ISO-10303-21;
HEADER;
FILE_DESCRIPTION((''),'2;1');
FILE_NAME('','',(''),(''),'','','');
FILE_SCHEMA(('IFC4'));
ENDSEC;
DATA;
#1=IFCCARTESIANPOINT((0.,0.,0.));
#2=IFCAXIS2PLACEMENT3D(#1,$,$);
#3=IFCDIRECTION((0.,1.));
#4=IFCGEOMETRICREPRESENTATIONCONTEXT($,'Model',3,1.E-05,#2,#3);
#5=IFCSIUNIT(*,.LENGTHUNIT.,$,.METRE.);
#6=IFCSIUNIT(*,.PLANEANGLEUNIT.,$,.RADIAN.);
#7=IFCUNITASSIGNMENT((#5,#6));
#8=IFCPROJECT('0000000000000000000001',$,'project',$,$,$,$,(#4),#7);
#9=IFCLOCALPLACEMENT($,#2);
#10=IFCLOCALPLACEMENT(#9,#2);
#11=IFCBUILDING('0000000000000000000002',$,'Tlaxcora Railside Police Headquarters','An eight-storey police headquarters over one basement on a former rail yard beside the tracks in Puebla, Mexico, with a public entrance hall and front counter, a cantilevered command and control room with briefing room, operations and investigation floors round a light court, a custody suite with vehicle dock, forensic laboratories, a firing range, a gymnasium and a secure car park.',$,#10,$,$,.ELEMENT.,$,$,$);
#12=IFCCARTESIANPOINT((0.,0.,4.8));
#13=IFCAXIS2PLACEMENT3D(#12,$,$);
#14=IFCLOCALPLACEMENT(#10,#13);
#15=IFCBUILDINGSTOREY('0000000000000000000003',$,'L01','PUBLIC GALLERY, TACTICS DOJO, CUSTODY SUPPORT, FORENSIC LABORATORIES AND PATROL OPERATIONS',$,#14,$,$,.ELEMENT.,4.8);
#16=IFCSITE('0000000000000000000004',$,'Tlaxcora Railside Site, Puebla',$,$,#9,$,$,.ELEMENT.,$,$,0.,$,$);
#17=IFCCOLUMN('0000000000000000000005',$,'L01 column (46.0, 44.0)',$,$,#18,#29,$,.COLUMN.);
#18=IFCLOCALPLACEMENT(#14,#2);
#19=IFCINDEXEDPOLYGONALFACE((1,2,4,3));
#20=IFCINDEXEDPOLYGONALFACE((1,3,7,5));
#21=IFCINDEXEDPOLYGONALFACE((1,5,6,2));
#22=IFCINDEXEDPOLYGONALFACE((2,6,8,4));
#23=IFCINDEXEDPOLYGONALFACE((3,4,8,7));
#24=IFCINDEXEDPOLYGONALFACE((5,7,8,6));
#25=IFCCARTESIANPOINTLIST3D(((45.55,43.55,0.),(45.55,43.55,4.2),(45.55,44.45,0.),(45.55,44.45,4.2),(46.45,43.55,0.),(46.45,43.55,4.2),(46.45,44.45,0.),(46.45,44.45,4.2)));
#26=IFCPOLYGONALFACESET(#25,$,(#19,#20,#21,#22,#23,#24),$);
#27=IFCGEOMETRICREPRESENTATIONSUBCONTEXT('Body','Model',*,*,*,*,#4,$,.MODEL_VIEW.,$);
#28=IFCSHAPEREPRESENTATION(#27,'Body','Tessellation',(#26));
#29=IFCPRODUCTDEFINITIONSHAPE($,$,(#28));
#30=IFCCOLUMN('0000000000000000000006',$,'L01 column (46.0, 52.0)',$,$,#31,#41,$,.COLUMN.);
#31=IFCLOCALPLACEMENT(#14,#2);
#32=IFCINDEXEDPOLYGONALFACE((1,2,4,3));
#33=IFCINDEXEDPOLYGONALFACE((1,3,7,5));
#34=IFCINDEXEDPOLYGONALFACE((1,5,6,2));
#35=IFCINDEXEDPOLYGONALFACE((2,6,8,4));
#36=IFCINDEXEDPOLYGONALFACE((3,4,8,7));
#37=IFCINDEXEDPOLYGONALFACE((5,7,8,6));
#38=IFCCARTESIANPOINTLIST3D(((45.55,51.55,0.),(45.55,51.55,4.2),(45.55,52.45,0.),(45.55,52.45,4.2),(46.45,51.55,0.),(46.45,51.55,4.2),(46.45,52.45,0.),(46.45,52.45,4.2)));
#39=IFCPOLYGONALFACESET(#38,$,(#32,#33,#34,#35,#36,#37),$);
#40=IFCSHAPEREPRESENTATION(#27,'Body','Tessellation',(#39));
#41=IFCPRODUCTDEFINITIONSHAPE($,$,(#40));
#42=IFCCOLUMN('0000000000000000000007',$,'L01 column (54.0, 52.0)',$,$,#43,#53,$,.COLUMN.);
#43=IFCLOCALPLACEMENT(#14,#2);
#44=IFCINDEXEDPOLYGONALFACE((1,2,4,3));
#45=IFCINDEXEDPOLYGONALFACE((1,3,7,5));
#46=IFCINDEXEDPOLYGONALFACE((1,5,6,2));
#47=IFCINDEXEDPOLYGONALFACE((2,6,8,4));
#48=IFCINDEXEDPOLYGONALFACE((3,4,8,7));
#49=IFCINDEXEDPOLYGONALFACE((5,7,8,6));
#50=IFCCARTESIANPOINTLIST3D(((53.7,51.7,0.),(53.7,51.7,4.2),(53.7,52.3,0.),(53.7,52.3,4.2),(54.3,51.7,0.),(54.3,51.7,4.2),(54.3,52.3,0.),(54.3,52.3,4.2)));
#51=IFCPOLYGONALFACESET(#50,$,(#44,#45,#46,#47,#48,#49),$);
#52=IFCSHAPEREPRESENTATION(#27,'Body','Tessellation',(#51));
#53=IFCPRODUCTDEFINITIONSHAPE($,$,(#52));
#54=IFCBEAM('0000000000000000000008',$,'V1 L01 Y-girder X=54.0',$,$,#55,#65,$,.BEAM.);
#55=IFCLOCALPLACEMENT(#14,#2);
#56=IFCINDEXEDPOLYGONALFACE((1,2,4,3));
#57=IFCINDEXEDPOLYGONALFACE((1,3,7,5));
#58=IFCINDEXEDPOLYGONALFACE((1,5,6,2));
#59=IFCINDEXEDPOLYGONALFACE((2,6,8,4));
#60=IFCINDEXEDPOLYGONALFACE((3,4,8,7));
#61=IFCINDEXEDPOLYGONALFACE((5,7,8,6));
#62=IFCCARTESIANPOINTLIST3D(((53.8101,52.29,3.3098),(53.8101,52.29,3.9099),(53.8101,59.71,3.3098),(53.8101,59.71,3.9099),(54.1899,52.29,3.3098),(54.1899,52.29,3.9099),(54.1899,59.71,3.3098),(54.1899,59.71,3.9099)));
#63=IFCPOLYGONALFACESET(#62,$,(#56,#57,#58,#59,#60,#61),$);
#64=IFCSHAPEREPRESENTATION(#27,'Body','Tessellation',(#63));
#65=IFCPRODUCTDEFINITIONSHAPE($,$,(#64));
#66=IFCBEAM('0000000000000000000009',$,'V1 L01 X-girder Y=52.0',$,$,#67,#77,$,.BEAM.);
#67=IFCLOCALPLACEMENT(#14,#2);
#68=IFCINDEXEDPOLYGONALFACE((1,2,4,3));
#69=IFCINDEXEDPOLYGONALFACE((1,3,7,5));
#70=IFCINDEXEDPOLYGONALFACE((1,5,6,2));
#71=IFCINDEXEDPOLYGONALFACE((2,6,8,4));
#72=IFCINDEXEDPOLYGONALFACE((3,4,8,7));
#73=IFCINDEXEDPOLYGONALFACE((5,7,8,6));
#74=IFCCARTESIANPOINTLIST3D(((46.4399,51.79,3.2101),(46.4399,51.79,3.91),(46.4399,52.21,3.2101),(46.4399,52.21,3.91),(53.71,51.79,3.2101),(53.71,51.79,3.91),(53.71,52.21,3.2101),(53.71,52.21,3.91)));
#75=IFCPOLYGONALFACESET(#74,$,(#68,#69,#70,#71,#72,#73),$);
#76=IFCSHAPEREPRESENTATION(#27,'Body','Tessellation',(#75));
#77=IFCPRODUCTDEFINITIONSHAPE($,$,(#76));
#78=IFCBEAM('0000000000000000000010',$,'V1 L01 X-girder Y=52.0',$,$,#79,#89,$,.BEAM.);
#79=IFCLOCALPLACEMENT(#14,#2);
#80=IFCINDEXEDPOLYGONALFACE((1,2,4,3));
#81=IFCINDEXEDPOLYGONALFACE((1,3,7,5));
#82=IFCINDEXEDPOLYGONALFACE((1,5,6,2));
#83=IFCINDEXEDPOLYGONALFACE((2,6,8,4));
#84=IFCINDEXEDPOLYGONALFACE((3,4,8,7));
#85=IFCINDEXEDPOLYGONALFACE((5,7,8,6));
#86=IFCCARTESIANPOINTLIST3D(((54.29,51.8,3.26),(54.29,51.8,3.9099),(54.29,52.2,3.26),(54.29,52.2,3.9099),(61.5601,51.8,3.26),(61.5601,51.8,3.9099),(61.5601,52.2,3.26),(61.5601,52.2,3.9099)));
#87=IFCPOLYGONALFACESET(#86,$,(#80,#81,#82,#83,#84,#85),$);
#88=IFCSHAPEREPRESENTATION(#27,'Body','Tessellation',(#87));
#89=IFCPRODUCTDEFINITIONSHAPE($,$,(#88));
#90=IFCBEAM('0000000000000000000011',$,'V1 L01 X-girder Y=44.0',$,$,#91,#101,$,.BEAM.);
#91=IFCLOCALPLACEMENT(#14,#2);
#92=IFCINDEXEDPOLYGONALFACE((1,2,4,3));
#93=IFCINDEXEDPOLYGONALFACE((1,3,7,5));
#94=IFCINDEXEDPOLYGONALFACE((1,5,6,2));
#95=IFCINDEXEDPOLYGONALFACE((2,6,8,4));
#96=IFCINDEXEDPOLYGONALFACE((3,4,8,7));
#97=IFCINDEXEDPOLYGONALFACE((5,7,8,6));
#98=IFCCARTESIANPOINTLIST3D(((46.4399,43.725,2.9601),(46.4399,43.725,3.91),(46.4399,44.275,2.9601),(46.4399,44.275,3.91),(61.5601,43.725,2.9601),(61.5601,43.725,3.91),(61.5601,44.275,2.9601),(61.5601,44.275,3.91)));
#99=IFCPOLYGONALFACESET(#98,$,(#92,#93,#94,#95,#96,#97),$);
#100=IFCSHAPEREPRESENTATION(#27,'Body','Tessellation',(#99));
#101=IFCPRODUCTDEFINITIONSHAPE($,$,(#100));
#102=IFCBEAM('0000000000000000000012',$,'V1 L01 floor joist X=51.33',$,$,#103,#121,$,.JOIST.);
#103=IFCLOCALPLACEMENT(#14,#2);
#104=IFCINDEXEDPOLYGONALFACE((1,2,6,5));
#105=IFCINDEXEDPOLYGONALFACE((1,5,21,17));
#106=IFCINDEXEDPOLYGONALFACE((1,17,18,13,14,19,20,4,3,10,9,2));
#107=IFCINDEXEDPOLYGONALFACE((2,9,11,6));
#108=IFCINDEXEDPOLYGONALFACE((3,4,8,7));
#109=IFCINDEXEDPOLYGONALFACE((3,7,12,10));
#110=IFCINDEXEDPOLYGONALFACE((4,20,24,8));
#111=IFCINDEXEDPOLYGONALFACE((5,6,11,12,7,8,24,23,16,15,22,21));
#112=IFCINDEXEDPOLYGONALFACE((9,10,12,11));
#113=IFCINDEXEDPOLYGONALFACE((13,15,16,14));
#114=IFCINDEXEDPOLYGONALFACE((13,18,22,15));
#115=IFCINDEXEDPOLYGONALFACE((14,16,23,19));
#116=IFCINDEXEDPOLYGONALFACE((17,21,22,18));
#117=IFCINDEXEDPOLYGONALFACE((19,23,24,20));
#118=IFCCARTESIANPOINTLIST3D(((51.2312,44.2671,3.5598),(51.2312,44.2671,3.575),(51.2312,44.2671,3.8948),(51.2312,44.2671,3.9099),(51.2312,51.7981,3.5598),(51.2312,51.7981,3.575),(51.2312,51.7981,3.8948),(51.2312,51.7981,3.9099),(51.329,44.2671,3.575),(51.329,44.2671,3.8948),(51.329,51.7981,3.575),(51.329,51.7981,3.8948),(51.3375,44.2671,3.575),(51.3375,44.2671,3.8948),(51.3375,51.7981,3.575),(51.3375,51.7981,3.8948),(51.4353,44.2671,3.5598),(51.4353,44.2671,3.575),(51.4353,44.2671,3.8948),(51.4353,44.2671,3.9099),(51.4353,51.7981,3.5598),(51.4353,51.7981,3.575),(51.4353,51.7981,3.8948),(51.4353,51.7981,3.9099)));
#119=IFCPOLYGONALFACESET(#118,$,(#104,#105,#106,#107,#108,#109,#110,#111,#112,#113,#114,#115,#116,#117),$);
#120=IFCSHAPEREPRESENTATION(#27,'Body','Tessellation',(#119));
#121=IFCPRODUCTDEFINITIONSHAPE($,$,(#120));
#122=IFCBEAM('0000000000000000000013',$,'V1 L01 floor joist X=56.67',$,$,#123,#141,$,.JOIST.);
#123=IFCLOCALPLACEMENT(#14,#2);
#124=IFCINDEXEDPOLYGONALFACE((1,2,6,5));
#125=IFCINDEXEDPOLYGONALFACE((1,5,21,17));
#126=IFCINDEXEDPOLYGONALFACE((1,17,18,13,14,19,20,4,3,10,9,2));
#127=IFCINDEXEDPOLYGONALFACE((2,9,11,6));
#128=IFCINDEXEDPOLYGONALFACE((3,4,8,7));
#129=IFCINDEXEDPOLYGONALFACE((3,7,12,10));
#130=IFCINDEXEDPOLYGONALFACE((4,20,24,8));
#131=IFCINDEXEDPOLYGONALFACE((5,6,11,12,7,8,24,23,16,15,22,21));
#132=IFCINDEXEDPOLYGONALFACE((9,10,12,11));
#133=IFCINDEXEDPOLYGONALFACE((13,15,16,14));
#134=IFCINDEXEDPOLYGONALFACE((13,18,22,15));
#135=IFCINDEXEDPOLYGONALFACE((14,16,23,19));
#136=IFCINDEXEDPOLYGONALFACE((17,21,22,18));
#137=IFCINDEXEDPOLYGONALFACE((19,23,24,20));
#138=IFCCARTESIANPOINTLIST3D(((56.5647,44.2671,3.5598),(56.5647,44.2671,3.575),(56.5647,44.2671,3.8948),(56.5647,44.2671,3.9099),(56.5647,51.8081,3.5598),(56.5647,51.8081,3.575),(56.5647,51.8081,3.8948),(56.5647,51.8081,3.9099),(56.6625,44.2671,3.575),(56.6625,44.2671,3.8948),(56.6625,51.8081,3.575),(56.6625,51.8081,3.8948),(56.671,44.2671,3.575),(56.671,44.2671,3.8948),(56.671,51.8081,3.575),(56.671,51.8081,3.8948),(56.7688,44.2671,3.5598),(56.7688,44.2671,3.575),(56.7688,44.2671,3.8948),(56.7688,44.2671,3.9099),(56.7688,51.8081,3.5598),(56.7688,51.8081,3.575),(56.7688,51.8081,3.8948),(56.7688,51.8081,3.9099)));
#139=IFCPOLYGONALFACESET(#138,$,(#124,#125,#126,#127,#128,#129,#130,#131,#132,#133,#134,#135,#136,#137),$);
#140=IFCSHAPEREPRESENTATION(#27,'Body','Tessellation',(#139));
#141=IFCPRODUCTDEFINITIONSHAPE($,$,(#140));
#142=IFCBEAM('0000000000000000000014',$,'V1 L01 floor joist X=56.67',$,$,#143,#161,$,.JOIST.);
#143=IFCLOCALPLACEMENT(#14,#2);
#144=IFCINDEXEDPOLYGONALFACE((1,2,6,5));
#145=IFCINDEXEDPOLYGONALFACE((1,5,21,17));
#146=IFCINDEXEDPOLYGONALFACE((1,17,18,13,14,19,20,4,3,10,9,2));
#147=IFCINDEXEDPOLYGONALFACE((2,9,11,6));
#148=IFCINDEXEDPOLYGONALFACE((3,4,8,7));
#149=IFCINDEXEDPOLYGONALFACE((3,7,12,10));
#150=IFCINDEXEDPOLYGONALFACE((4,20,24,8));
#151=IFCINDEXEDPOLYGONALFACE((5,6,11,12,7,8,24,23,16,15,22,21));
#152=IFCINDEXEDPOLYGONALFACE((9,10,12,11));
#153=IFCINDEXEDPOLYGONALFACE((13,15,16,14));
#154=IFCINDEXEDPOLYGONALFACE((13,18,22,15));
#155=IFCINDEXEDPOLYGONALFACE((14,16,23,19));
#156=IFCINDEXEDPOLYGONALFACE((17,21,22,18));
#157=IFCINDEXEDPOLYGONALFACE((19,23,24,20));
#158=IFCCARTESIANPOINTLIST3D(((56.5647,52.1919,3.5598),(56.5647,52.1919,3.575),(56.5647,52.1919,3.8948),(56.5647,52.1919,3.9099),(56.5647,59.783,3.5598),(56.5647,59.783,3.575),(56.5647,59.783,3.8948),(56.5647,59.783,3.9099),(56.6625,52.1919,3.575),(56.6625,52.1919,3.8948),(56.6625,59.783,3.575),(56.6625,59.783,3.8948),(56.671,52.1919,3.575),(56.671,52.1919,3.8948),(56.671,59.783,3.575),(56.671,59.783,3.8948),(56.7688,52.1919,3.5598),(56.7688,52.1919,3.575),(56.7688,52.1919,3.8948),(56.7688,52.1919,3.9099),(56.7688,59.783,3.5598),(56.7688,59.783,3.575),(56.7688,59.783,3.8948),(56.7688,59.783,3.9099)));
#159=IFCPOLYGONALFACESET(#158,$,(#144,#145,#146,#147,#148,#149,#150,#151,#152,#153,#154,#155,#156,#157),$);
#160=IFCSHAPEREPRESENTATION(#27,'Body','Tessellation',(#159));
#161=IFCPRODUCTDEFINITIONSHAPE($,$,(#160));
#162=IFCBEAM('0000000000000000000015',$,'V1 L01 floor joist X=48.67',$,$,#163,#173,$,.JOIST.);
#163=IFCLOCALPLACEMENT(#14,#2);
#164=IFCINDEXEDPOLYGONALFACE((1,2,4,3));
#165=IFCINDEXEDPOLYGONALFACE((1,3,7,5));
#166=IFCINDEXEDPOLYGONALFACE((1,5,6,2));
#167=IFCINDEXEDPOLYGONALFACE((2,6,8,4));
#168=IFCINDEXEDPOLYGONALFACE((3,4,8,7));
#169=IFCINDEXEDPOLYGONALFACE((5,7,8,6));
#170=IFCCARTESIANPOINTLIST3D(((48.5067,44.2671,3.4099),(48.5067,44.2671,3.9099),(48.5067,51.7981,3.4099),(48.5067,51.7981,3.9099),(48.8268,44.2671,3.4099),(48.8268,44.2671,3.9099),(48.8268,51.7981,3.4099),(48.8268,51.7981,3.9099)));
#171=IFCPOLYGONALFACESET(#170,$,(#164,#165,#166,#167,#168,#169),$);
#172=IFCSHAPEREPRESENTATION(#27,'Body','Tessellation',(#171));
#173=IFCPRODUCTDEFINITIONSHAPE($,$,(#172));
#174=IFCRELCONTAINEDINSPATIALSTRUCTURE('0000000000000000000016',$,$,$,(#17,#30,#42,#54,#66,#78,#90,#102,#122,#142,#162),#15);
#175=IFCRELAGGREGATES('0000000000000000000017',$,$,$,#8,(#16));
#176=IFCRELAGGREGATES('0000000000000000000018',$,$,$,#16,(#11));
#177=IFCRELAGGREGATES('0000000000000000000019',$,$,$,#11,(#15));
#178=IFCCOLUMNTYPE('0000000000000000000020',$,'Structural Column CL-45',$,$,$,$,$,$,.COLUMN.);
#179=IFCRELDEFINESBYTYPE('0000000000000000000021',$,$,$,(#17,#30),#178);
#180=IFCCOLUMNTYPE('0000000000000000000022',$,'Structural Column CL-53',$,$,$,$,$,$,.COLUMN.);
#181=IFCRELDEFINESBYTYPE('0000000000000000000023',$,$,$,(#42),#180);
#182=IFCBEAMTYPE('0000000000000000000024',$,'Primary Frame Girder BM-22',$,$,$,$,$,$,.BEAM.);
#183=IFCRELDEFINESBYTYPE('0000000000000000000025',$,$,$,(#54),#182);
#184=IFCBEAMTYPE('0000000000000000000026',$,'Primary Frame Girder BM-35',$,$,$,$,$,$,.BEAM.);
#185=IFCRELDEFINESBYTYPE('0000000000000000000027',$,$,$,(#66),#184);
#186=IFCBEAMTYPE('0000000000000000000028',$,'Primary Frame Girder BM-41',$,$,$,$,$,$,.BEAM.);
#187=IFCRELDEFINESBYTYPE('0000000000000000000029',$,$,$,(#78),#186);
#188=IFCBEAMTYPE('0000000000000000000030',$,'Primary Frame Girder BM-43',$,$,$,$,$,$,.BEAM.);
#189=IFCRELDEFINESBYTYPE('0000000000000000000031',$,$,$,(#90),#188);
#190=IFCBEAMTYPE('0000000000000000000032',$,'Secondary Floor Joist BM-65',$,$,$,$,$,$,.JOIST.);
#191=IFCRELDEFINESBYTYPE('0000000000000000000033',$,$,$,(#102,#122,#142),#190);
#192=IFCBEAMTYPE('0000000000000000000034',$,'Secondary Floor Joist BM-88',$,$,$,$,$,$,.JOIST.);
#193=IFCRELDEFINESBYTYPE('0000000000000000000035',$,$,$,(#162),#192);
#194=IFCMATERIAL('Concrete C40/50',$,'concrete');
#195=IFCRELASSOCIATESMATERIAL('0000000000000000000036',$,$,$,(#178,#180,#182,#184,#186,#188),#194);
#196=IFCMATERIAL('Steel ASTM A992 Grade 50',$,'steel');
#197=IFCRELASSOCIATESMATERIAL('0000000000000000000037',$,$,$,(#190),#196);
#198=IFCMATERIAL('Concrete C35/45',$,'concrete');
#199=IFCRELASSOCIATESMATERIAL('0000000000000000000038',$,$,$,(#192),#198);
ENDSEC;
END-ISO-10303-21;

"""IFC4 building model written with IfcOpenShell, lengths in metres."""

from ifc_helpers import new_model, si_unit, direction, frame, origin, origin_2d, place, context, subcontext, project, spatial, rectangle, i_section, extrude, material, material_profile, profile_set, type_object, element, save


model = new_model("IFC4")

# Units and contexts
model_context = context("Model", 3, precision=1e-05, world=origin(), true_north=direction((0.0, 1.0)))
body_context = subcontext(model_context, "Body", "Model", "MODEL_VIEW")
ifc_project = project(units=[si_unit("LENGTHUNIT", "METRE"), si_unit("PLANEANGLEUNIT", "RADIAN")], contexts=[model_context])

# Site, building, storey
site_placement = place(None, origin())
site = spatial("IfcSite", under=ifc_project, at=site_placement, Name="Tlaxcora Railside Site, Puebla", CompositionType="ELEMENT", RefElevation=0.0)
building_placement = place(site_placement, origin())
building = spatial("IfcBuilding", under=site, at=building_placement, Name="Tlaxcora Railside Police Headquarters", Description="An eight-storey police headquarters over one basement on a former rail yard beside the tracks in Puebla, Mexico, with a public entrance hall and front counter, a cantilevered command and control room with briefing room, operations and investigation floors round a light court, a custody suite with vehicle dock, forensic laboratories, a firing range, a gymnasium and a secure car park.", CompositionType="ELEMENT")
storey_placement = place(building_placement, frame((0.0, 0.0, 4.8)))
storey = spatial("IfcBuildingStorey", under=building, at=storey_placement, Name="L01", Description="PUBLIC GALLERY, TACTICS DOJO, CUSTODY SUPPORT, FORENSIC LABORATORIES AND PATROL OPERATIONS", CompositionType="ELEMENT", Elevation=4.8)

# Columns
ifc_material_1 = material(Name="Concrete C40/50", Category="concrete")
ifc_material_profile_1 = material_profile(ifc_material_1, rectangle(XDim=0.8999, YDim=0.8999, at=origin_2d()), Name="RC900X900")
ifc_profile_set_1 = profile_set([ifc_material_profile_1], Name="Concrete C40/50")
column_type_1 = type_object("IfcColumnType", Name="Structural Column CL-45", PredefinedType="COLUMN", material=ifc_profile_set_1)
for number, where, z_axis, x_axis, name in (
    (1, (46.0, 44.0, 0.0), (0.0, 0.0, 1.0), (1.0, 0.0, 0.0), "L01 column (46.0, 44.0)"),
    (2, (46.0, 52.0, 0.0), (0.0, 0.0, 1.0), (1.0, 0.0, 0.0), "L01 column (46.0, 52.0)"),
):
    element("IfcColumn", number, at=place(storey_placement, frame(where, z_axis=z_axis, x_axis=x_axis)), inside=storey, type_object=column_type_1, Name=name, PredefinedType="COLUMN", context=body_context, shape_type="SweptSolid", body=[
        extrude(rectangle(XDim=0.8999, YDim=0.8999, at=origin_2d()), origin(), (0.0, 0.0, 1.0), 4.2),
    ])
ifc_material_profile_2 = material_profile(ifc_material_1, rectangle(XDim=0.6001, YDim=0.6001, at=origin_2d()), Name="RC600X600")
ifc_profile_set_2 = profile_set([ifc_material_profile_2], Name="Concrete C40/50")
column_type_2 = type_object("IfcColumnType", Name="Structural Column CL-53", PredefinedType="COLUMN", material=ifc_profile_set_2)
column_placement = place(storey_placement, frame((54.0, 52.0, 0.0), z_axis=(0.0, 0.0, 1.0), x_axis=(1.0, 0.0, 0.0)))
element("IfcColumn", 3, at=column_placement, inside=storey, type_object=column_type_2, Name="L01 column (54.0, 52.0)", PredefinedType="COLUMN", context=body_context, shape_type="SweptSolid", body=[
    extrude(rectangle(XDim=0.6001, YDim=0.6001, at=origin_2d()), origin(), (0.0, 0.0, 1.0), 4.2),
])

# Beams
ifc_material_profile_3 = material_profile(ifc_material_1, rectangle(XDim=0.3799, YDim=0.6001, at=origin_2d()), Name="RC380X600")
ifc_profile_set_3 = profile_set([ifc_material_profile_3], Name="Concrete C40/50")
beam_type_1 = type_object("IfcBeamType", Name="Primary Frame Girder BM-22", PredefinedType="BEAM", material=ifc_profile_set_3)
beam_1_placement = place(storey_placement, frame((54.0, 52.29, 3.6099), z_axis=(0.0, 1.0, 0.0), x_axis=(-1.0, 0.0, 0.0)))
element("IfcBeam", 4, at=beam_1_placement, inside=storey, type_object=beam_type_1, Name="V1 L01 Y-girder X=54.0", PredefinedType="BEAM", context=body_context, shape_type="SweptSolid", body=[
    extrude(rectangle(XDim=0.3799, YDim=0.6001, at=origin_2d()), origin(), (0.0, 0.0, 1.0), 7.4199),
])
ifc_material_profile_4 = material_profile(ifc_material_1, rectangle(XDim=0.4199, YDim=0.7, at=origin_2d()), Name="RC420X700")
ifc_profile_set_4 = profile_set([ifc_material_profile_4], Name="Concrete C40/50")
beam_type_2 = type_object("IfcBeamType", Name="Primary Frame Girder BM-35", PredefinedType="BEAM", material=ifc_profile_set_4)
beam_2_placement = place(storey_placement, frame((46.4399, 52.0, 3.5601), z_axis=(1.0, 0.0, 0.0), x_axis=(0.0, 1.0, 0.0)))
element("IfcBeam", 5, at=beam_2_placement, inside=storey, type_object=beam_type_2, Name="V1 L01 X-girder Y=52.0", PredefinedType="BEAM", context=body_context, shape_type="SweptSolid", body=[
    extrude(rectangle(XDim=0.4199, YDim=0.7, at=origin_2d()), origin(), (0.0, 0.0, 1.0), 7.27),
])
ifc_material_profile_5 = material_profile(ifc_material_1, rectangle(XDim=0.3999, YDim=0.6499, at=origin_2d()), Name="RC400X650")
ifc_profile_set_5 = profile_set([ifc_material_profile_5], Name="Concrete C40/50")
beam_type_3 = type_object("IfcBeamType", Name="Primary Frame Girder BM-41", PredefinedType="BEAM", material=ifc_profile_set_5)
beam_3_placement = place(storey_placement, frame((54.29, 52.0, 3.585), z_axis=(1.0, 0.0, 0.0), x_axis=(0.0, 1.0, 0.0)))
element("IfcBeam", 6, at=beam_3_placement, inside=storey, type_object=beam_type_3, Name="V1 L01 X-girder Y=52.0", PredefinedType="BEAM", context=body_context, shape_type="SweptSolid", body=[
    extrude(rectangle(XDim=0.3999, YDim=0.6499, at=origin_2d()), origin(), (0.0, 0.0, 1.0), 7.27),
])
ifc_material_profile_6 = material_profile(ifc_material_1, rectangle(XDim=0.55, YDim=0.95, at=origin_2d()), Name="RC550X950")
ifc_profile_set_6 = profile_set([ifc_material_profile_6], Name="Concrete C40/50")
beam_type_4 = type_object("IfcBeamType", Name="Primary Frame Girder BM-43", PredefinedType="BEAM", material=ifc_profile_set_6)
beam_4_placement = place(storey_placement, frame((46.4399, 44.0, 3.4351), z_axis=(1.0, 0.0, 0.0), x_axis=(0.0, 1.0, 0.0)))
element("IfcBeam", 7, at=beam_4_placement, inside=storey, type_object=beam_type_4, Name="V1 L01 X-girder Y=44.0", PredefinedType="BEAM", context=body_context, shape_type="SweptSolid", body=[
    extrude(rectangle(XDim=0.55, YDim=0.95, at=origin_2d()), origin(), (0.0, 0.0, 1.0), 15.1201),
])
ifc_material_2 = material(Name="Steel ASTM A992 Grade 50", Category="steel")
ifc_material_profile_7 = material_profile(ifc_material_2, i_section(OverallWidth=0.2041, OverallDepth=0.3501, WebThickness=0.0085, FlangeThickness=0.0151, at=origin_2d()), Name="W14X48")
ifc_profile_set_7 = profile_set([ifc_material_profile_7], Name="Steel ASTM A992 Grade 50")
beam_type_5 = type_object("IfcBeamType", Name="Secondary Floor Joist BM-65", PredefinedType="JOIST", material=ifc_profile_set_7)
beam_5_placement = place(storey_placement, frame((51.3333, 44.2671, 3.7349), z_axis=(0.0, 1.0, 0.0), x_axis=(-1.0, 0.0, 0.0)))
element("IfcBeam", 8, at=beam_5_placement, inside=storey, type_object=beam_type_5, Name="V1 L01 floor joist X=51.33", PredefinedType="JOIST", context=body_context, shape_type="SweptSolid", body=[
    extrude(i_section(OverallWidth=0.2041, OverallDepth=0.3501, WebThickness=0.0085, FlangeThickness=0.0151, at=origin_2d()), origin(), (0.0, 0.0, 1.0), 7.531),
])
beam_6_placement = place(storey_placement, frame((56.6667, 44.2671, 3.7349), z_axis=(0.0, 1.0, 0.0), x_axis=(-1.0, 0.0, 0.0)))
element("IfcBeam", 9, at=beam_6_placement, inside=storey, type_object=beam_type_5, Name="V1 L01 floor joist X=56.67", PredefinedType="JOIST", context=body_context, shape_type="SweptSolid", body=[
    extrude(i_section(OverallWidth=0.2041, OverallDepth=0.3501, WebThickness=0.0085, FlangeThickness=0.0151, at=origin_2d()), origin(), (0.0, 0.0, 1.0), 7.541),
])
beam_7_placement = place(storey_placement, frame((56.6667, 52.1919, 3.7349), z_axis=(0.0, 1.0, 0.0), x_axis=(-1.0, 0.0, 0.0)))
element("IfcBeam", 10, at=beam_7_placement, inside=storey, type_object=beam_type_5, Name="V1 L01 floor joist X=56.67", PredefinedType="JOIST", context=body_context, shape_type="SweptSolid", body=[
    extrude(i_section(OverallWidth=0.2041, OverallDepth=0.3501, WebThickness=0.0085, FlangeThickness=0.0151, at=origin_2d()), origin(), (0.0, 0.0, 1.0), 7.5911),
])
ifc_material_3 = material(Name="Concrete C35/45", Category="concrete")
ifc_material_profile_8 = material_profile(ifc_material_3, rectangle(XDim=0.3201, YDim=0.5, at=origin_2d()), Name="RC320X500")
ifc_profile_set_8 = profile_set([ifc_material_profile_8], Name="Concrete C35/45")
beam_type_6 = type_object("IfcBeamType", Name="Secondary Floor Joist BM-88", PredefinedType="JOIST", material=ifc_profile_set_8)
beam_8_placement = place(storey_placement, frame((48.6667, 44.2671, 3.6599), z_axis=(0.0, 1.0, 0.0), x_axis=(-1.0, 0.0, 0.0)))
element("IfcBeam", 11, at=beam_8_placement, inside=storey, type_object=beam_type_6, Name="V1 L01 floor joist X=48.67", PredefinedType="JOIST", context=body_context, shape_type="SweptSolid", body=[
    extrude(rectangle(XDim=0.3201, YDim=0.5, at=origin_2d()), origin(), (0.0, 0.0, 1.0), 7.531),
])

save(model, "model.ifc")
